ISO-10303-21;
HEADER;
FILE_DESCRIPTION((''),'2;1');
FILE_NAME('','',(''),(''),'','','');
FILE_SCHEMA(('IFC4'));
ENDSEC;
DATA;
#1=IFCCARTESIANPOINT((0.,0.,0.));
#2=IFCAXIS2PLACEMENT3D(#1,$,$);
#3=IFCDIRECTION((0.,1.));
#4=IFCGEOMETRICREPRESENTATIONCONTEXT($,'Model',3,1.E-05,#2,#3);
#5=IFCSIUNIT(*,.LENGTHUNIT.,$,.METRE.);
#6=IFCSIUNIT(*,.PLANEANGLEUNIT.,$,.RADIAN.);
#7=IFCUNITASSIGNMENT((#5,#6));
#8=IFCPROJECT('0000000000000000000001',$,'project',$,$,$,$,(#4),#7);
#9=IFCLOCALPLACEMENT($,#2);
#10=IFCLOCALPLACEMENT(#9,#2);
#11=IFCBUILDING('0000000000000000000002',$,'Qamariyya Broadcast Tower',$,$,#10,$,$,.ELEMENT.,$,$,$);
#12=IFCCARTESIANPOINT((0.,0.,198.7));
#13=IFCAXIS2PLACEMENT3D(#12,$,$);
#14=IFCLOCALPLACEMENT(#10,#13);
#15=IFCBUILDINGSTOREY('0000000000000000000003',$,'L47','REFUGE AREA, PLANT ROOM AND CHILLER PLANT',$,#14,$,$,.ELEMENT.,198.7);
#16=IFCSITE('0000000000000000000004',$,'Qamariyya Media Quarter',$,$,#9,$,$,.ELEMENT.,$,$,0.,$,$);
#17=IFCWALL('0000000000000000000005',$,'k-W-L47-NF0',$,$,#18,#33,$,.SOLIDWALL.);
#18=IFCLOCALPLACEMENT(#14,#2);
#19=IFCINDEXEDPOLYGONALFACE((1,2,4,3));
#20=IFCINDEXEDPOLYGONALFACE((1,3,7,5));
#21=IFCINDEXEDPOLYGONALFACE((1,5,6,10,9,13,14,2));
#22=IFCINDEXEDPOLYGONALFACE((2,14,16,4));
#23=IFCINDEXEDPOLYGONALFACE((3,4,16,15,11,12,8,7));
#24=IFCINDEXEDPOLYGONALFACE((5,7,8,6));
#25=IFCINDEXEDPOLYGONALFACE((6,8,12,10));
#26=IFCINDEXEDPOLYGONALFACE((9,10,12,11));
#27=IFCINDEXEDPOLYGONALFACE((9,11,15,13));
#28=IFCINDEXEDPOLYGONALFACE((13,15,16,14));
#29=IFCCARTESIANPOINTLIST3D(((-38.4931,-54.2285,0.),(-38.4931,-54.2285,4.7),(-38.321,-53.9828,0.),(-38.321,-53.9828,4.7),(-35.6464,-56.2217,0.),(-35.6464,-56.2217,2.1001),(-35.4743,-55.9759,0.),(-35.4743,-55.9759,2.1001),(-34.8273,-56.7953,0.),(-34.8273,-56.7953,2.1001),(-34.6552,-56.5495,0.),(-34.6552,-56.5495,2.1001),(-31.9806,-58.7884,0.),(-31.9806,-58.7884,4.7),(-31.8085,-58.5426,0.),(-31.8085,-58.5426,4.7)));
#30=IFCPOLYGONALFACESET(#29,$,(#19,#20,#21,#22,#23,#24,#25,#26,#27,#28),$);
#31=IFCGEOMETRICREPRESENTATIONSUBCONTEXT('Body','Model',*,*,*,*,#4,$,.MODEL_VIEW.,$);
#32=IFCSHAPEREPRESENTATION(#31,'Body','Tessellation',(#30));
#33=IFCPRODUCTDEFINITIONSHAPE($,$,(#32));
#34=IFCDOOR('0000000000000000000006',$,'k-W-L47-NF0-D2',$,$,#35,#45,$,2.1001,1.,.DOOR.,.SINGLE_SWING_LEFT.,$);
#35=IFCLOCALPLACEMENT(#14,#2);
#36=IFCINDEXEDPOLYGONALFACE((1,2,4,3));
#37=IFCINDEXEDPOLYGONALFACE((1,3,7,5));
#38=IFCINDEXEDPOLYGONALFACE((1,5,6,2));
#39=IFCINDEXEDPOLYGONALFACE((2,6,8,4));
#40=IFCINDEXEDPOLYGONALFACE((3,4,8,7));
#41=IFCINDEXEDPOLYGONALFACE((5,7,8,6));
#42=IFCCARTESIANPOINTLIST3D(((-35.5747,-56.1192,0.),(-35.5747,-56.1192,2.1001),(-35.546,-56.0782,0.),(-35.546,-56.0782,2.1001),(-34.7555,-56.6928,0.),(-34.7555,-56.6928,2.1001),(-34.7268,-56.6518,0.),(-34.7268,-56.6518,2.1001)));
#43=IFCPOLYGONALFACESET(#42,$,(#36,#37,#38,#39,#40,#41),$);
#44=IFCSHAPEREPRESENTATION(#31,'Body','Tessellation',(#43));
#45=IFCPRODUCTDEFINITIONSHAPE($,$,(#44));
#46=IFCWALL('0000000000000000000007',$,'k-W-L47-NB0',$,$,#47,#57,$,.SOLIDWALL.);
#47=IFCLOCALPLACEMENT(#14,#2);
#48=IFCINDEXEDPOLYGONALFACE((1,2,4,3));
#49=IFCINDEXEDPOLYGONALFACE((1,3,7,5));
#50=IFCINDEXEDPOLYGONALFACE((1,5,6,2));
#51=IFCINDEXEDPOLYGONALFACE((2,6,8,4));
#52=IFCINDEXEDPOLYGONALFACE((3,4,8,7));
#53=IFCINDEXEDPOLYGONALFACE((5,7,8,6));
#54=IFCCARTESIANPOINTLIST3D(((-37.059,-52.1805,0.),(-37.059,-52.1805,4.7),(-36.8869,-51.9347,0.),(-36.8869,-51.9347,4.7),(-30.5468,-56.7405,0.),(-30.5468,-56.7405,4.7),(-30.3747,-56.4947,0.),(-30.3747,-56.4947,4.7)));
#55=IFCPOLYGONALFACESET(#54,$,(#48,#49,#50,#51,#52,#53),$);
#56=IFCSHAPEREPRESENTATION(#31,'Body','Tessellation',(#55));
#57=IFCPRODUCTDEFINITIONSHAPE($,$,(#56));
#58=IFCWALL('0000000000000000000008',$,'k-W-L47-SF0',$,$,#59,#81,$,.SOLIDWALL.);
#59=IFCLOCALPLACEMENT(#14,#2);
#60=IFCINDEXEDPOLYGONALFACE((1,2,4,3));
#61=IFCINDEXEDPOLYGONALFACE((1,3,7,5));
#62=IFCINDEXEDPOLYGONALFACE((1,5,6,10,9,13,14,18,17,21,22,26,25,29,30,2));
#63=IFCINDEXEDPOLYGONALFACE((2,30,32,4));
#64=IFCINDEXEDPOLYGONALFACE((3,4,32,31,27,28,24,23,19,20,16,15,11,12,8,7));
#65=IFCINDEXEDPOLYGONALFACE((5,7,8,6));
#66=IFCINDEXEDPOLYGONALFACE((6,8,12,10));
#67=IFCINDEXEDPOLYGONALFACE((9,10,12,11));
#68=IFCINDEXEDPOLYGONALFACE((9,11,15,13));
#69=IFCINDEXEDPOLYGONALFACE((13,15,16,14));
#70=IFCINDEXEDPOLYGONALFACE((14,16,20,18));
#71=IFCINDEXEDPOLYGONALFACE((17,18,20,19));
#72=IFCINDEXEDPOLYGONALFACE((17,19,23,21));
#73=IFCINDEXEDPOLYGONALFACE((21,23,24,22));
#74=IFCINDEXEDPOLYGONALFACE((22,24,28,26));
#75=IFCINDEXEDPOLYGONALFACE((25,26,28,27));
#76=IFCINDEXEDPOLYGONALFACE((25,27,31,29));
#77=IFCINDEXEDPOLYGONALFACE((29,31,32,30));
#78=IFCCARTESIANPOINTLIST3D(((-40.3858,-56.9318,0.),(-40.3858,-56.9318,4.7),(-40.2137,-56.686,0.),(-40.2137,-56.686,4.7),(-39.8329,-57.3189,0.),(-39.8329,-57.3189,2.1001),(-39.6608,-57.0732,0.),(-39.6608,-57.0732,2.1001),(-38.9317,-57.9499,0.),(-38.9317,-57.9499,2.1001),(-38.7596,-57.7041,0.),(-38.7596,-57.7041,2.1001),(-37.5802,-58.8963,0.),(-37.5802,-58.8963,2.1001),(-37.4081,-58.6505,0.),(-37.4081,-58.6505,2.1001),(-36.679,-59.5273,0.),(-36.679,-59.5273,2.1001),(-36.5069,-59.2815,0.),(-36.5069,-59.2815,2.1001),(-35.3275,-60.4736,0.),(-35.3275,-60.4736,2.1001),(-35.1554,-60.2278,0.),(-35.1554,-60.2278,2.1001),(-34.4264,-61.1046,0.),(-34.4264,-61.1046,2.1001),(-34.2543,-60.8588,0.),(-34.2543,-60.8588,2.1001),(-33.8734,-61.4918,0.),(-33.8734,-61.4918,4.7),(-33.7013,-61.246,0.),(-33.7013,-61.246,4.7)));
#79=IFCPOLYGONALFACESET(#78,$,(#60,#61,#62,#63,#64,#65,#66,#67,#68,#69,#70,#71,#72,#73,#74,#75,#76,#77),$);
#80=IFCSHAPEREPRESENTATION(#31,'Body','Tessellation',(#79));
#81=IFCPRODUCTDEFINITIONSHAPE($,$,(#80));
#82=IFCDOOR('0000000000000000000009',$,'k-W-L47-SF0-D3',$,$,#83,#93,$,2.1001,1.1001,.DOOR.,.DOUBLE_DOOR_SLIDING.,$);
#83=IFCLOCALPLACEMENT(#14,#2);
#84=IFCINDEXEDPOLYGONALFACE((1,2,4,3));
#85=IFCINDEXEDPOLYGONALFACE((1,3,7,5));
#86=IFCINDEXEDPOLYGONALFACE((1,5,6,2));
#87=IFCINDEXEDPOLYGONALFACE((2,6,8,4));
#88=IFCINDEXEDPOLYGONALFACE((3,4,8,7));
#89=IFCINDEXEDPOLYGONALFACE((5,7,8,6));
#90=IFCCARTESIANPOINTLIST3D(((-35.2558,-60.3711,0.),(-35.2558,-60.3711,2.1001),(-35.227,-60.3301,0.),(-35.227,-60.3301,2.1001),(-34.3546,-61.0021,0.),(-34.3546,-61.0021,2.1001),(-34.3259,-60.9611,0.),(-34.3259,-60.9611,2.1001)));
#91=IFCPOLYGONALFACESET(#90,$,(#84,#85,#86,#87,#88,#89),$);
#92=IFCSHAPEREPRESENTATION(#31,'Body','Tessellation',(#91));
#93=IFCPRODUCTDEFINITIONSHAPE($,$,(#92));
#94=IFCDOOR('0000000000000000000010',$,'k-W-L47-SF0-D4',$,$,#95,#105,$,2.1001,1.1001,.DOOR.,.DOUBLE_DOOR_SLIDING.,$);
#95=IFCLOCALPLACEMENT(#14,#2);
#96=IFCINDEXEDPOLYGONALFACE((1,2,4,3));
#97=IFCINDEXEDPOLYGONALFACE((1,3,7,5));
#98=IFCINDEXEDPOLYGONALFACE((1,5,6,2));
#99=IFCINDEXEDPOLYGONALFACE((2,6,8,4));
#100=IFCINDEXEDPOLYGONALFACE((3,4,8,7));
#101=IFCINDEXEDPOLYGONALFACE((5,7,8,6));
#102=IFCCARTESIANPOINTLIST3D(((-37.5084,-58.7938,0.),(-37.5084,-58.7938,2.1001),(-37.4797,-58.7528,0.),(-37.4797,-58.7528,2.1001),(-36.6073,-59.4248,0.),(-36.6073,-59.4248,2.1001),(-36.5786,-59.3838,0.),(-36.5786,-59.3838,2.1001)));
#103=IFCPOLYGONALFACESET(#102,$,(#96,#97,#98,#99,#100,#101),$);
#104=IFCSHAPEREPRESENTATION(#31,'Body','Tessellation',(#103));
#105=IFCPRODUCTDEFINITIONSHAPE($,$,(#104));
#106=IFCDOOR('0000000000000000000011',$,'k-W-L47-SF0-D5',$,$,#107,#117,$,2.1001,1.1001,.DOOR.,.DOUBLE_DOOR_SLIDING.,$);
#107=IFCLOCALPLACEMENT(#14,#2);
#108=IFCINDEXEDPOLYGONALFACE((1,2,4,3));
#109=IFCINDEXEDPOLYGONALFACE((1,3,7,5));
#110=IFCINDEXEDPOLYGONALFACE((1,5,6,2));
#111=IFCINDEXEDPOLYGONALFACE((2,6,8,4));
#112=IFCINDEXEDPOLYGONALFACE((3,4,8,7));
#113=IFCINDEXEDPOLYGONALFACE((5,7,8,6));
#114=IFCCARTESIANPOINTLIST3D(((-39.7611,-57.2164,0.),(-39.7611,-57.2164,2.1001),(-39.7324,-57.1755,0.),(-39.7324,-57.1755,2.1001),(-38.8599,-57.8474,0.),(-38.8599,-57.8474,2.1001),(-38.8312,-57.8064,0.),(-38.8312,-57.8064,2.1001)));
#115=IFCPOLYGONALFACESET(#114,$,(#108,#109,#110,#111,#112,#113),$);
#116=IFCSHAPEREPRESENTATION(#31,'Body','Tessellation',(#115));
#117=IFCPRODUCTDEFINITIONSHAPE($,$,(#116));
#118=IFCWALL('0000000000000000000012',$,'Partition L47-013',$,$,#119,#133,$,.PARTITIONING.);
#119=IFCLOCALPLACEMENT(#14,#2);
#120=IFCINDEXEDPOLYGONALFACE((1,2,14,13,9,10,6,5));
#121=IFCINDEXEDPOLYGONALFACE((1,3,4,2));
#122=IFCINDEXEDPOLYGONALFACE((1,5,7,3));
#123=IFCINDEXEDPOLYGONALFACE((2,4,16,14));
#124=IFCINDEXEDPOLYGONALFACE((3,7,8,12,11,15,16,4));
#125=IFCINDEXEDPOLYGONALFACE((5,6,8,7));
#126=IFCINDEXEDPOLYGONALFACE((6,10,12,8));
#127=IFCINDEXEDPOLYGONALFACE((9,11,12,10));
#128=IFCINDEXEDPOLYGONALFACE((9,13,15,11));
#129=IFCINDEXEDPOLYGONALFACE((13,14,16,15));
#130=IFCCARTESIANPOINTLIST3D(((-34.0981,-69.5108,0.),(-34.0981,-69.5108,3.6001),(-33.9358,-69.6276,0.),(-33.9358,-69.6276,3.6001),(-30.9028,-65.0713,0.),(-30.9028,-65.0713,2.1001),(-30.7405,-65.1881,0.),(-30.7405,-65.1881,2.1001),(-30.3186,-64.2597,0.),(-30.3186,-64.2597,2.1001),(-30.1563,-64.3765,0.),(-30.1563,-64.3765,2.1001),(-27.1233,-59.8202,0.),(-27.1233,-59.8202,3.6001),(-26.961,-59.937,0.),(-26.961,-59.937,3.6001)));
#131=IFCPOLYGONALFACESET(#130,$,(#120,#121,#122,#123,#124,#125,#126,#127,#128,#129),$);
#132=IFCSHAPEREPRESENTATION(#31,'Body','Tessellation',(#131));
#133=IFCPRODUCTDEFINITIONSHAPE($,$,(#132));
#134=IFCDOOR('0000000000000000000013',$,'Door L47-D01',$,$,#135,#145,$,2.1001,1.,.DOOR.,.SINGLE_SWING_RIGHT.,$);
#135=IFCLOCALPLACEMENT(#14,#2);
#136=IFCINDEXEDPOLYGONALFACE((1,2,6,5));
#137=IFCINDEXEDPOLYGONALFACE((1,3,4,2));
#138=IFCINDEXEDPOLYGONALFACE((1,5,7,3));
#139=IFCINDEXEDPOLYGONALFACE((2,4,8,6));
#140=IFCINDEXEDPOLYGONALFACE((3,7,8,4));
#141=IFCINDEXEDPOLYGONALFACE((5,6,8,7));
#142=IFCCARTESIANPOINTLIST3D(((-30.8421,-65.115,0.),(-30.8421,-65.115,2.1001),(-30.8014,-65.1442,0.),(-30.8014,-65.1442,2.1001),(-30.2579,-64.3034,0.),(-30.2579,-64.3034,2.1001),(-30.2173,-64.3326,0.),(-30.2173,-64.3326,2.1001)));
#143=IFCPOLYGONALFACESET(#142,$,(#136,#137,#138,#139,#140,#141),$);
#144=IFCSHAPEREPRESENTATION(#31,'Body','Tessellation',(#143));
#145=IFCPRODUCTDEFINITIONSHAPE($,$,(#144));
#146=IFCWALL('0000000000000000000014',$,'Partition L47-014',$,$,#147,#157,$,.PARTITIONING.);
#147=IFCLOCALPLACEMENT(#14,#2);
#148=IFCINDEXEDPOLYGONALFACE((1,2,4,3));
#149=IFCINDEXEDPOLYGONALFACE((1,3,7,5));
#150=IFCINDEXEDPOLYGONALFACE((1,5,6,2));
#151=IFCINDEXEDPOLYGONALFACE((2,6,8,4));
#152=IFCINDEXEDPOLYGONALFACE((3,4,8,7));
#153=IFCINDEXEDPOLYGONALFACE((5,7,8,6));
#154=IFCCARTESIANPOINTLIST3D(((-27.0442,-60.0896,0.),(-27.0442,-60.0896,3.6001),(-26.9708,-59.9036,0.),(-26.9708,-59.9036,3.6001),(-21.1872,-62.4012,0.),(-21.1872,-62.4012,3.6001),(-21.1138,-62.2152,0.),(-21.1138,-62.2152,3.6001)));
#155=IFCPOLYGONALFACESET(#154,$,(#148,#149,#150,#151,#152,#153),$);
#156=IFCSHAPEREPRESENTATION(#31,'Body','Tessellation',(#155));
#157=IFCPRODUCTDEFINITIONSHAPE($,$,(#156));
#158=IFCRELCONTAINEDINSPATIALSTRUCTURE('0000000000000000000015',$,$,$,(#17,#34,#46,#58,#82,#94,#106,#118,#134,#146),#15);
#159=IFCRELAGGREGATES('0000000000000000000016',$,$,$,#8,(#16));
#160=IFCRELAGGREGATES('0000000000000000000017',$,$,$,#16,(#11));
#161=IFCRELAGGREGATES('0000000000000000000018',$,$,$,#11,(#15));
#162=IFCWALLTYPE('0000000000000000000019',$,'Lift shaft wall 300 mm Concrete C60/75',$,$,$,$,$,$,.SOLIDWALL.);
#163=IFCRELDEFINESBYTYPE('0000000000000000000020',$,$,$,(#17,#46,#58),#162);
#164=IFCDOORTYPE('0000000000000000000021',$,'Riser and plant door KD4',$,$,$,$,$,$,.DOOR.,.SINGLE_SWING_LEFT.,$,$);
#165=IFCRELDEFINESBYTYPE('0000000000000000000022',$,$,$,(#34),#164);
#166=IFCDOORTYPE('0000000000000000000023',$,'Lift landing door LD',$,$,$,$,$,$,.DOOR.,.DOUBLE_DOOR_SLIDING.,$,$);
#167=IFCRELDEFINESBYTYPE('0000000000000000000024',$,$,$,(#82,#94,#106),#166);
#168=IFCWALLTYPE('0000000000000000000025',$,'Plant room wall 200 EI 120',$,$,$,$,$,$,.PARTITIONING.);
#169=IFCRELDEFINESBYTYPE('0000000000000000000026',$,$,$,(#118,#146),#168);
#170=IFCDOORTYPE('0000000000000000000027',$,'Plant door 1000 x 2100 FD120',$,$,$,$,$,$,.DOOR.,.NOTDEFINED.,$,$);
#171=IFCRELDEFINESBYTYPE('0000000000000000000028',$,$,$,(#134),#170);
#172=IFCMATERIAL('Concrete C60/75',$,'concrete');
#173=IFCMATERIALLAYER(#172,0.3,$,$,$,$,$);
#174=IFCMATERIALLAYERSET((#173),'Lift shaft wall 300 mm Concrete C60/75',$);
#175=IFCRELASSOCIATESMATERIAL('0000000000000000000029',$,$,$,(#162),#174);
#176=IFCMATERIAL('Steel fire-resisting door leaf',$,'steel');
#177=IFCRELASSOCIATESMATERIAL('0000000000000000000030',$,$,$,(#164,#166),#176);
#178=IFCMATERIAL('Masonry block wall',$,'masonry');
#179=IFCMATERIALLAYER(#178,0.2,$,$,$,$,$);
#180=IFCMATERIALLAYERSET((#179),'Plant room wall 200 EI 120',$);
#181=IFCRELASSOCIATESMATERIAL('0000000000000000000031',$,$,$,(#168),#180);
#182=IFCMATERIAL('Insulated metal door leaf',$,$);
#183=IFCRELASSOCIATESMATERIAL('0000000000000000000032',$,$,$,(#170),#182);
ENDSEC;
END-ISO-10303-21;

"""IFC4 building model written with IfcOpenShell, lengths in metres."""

from ifc_helpers import new_model, si_unit, direction, frame, frame_2d, origin, place, context, subcontext, project, spatial, rectangle, extrude, material, layer, layer_set, type_object, element, fill, save


model = new_model("IFC4")

# Units and contexts
model_context = context("Model", 3, precision=1e-05, world=origin(), true_north=direction((0.0, 1.0)))
body_context = subcontext(model_context, "Body", "Model", "MODEL_VIEW")
ifc_project = project(units=[si_unit("LENGTHUNIT", "METRE"), si_unit("PLANEANGLEUNIT", "RADIAN")], contexts=[model_context])

# Site, building, storey
site_placement = place(None, origin())
site = spatial("IfcSite", under=ifc_project, at=site_placement, Name="Qamariyya Media Quarter", CompositionType="ELEMENT", RefElevation=0.0)
building_placement = place(site_placement, origin())
building = spatial("IfcBuilding", under=site, at=building_placement, Name="Qamariyya Broadcast Tower", CompositionType="ELEMENT")
storey_placement = place(building_placement, frame((0.0, 0.0, 198.7)))
storey = spatial("IfcBuildingStorey", under=building, at=storey_placement, Name="L47", Description="REFUGE AREA, PLANT ROOM AND CHILLER PLANT", CompositionType="ELEMENT", Elevation=198.7)

# Wall, opening, door
ifc_material_1 = material(Name="Concrete C60/75", Category="concrete")
ifc_layer_1 = layer(ifc_material_1, 0.3)
ifc_layer_set_1 = layer_set([ifc_layer_1], Name="Lift shaft wall 300 mm Concrete C60/75")
wall_type_1 = type_object("IfcWallType", Name="Lift shaft wall 300 mm Concrete C60/75", PredefinedType="SOLIDWALL", material=ifc_layer_set_1)
wall_1_placement = place(storey_placement, frame((-31.8945, -58.6655, 0.0), z_axis=(0.0, 0.0, 1.0), x_axis=(-0.819167, 0.573555, 0.0)))
wall_1 = element("IfcWall", 1, at=wall_1_placement, inside=storey, type_object=wall_type_1, Name="k-W-L47-NF0", PredefinedType="SOLIDWALL", context=body_context, shape_type="SweptSolid", body=[
    extrude(rectangle(XDim=7.9502, YDim=0.3, at=frame_2d((3.9751, 0.0))), origin(), (0.0, 0.0, 1.0), 4.7),
])
opening_1_placement = place(wall_1_placement, frame((3.4751, 0.0, 0.0)))
opening_1 = element("IfcOpeningElement", 2, at=opening_1_placement, cuts=wall_1, PredefinedType="OPENING", context=body_context, shape_type="SweptSolid", body=[
    extrude(rectangle(XDim=1.0, YDim=2.1001, at=frame_2d((0.5, 1.05))), frame((0.0, 0.1599, 0.0), z_axis=(0.0, -1.0, 0.0), x_axis=(1.0, 0.0, 0.0)), (0.0, 0.0, 1.0), 0.3201),
])
ifc_material_2 = material(Name="Steel fire-resisting door leaf", Category="steel")
door_type_1 = type_object("IfcDoorType", Name="Riser and plant door KD4", OperationType="SINGLE_SWING_LEFT", PredefinedType="DOOR", material=ifc_material_2)
door_1_placement = place(opening_1_placement, origin())
door_1 = element("IfcDoor", 3, at=door_1_placement, inside=storey, type_object=door_type_1, Name="k-W-L47-NF0-D2", OperationType="SINGLE_SWING_LEFT", OverallHeight=2.1001, OverallWidth=1.0, PredefinedType="DOOR", context=body_context, shape_type="SweptSolid", body=[
    extrude(rectangle(XDim=1.0, YDim=2.1001, at=frame_2d((0.5, 1.05))), frame((0.0, 0.0249, 0.0), z_axis=(0.0, -1.0, 0.0), x_axis=(1.0, 0.0, 0.0)), (0.0, 0.0, 1.0), 0.05),
])
fill(opening_1, door_1)

# Wall
wall_2_placement = place(storey_placement, frame((-30.4607, -56.6177, 0.0), z_axis=(0.0, 0.0, 1.0), x_axis=(-0.819142, 0.57359, 0.0)))
element("IfcWall", 4, at=wall_2_placement, inside=storey, type_object=wall_type_1, Name="k-W-L47-NB0", PredefinedType="SOLIDWALL", context=body_context, shape_type="SweptSolid", body=[
    extrude(rectangle(XDim=7.95, YDim=0.3, at=frame_2d((3.9751, 0.0))), origin(), (0.0, 0.0, 1.0), 4.7),
])

# Wall, openings, doors
wall_3_placement = place(storey_placement, frame((-33.7874, -61.3689, 0.0), z_axis=(0.0, 0.0, 1.0), x_axis=(-0.819153, 0.573576, 0.0)))
wall_3 = element("IfcWall", 5, at=wall_3_placement, inside=storey, type_object=wall_type_1, Name="k-W-L47-SF0", PredefinedType="SOLIDWALL", context=body_context, shape_type="SweptSolid", body=[
    extrude(rectangle(XDim=7.9502, YDim=0.3, at=frame_2d((3.9751, 0.0))), origin(), (0.0, 0.0, 1.0), 4.7),
])
opening_2_placement = place(wall_3_placement, frame((0.675, 0.0, 0.0)))
opening_2 = element("IfcOpeningElement", 6, at=opening_2_placement, cuts=wall_3, PredefinedType="OPENING", context=body_context, shape_type="SweptSolid", body=[
    extrude(rectangle(XDim=1.1001, YDim=2.1001, at=frame_2d((0.55, 1.05))), frame((0.0, 0.1599, 0.0), z_axis=(0.0, -1.0, 0.0), x_axis=(1.0, 0.0, 0.0)), (0.0, 0.0, 1.0), 0.3201),
])
opening_3_placement = place(wall_3_placement, frame((3.425, 0.0, 0.0)))
opening_3 = element("IfcOpeningElement", 7, at=opening_3_placement, cuts=wall_3, PredefinedType="OPENING", context=body_context, shape_type="SweptSolid", body=[
    extrude(rectangle(XDim=1.1001, YDim=2.1001, at=frame_2d((0.55, 1.05))), frame((0.0, 0.1599, 0.0), z_axis=(0.0, -1.0, 0.0), x_axis=(1.0, 0.0, 0.0)), (0.0, 0.0, 1.0), 0.3201),
])
opening_4_placement = place(wall_3_placement, frame((6.175, 0.0, 0.0)))
opening_4 = element("IfcOpeningElement", 8, at=opening_4_placement, cuts=wall_3, PredefinedType="OPENING", context=body_context, shape_type="SweptSolid", body=[
    extrude(rectangle(XDim=1.1001, YDim=2.1001, at=frame_2d((0.55, 1.05))), frame((0.0, 0.1599, 0.0), z_axis=(0.0, -1.0, 0.0), x_axis=(1.0, 0.0, 0.0)), (0.0, 0.0, 1.0), 0.3201),
])
door_type_2 = type_object("IfcDoorType", Name="Lift landing door LD", OperationType="DOUBLE_DOOR_SLIDING", PredefinedType="DOOR", material=ifc_material_2)
door_2_placement = place(opening_2_placement, origin())
door_2 = element("IfcDoor", 9, at=door_2_placement, inside=storey, type_object=door_type_2, Name="k-W-L47-SF0-D3", OperationType="DOUBLE_DOOR_SLIDING", OverallHeight=2.1001, OverallWidth=1.1001, PredefinedType="DOOR", context=body_context, shape_type="SweptSolid", body=[
    extrude(rectangle(XDim=1.1001, YDim=2.1001, at=frame_2d((0.55, 1.05))), frame((0.0, 0.0249, 0.0), z_axis=(0.0, -1.0, 0.0), x_axis=(1.0, 0.0, 0.0)), (0.0, 0.0, 1.0), 0.05),
])
fill(opening_2, door_2)
door_3_placement = place(opening_3_placement, origin())
door_3 = element("IfcDoor", 10, at=door_3_placement, inside=storey, type_object=door_type_2, Name="k-W-L47-SF0-D4", OperationType="DOUBLE_DOOR_SLIDING", OverallHeight=2.1001, OverallWidth=1.1001, PredefinedType="DOOR", context=body_context, shape_type="SweptSolid", body=[
    extrude(rectangle(XDim=1.1001, YDim=2.1001, at=frame_2d((0.55, 1.05))), frame((0.0, 0.0249, 0.0), z_axis=(0.0, -1.0, 0.0), x_axis=(1.0, 0.0, 0.0)), (0.0, 0.0, 1.0), 0.05),
])
fill(opening_3, door_3)
door_4_placement = place(opening_4_placement, origin())
door_4 = element("IfcDoor", 11, at=door_4_placement, inside=storey, type_object=door_type_2, Name="k-W-L47-SF0-D5", OperationType="DOUBLE_DOOR_SLIDING", OverallHeight=2.1001, OverallWidth=1.1001, PredefinedType="DOOR", context=body_context, shape_type="SweptSolid", body=[
    extrude(rectangle(XDim=1.1001, YDim=2.1001, at=frame_2d((0.55, 1.05))), frame((0.0, 0.0249, 0.0), z_axis=(0.0, -1.0, 0.0), x_axis=(1.0, 0.0, 0.0)), (0.0, 0.0, 1.0), 0.05),
])
fill(opening_4, door_4)

# Wall, opening, door
ifc_material_3 = material(Name="Masonry block wall", Category="masonry")
ifc_layer_2 = layer(ifc_material_3, 0.2)
ifc_layer_set_2 = layer_set([ifc_layer_2], Name="Plant room wall 200 EI 120")
wall_type_2 = type_object("IfcWallType", Name="Plant room wall 200 EI 120", PredefinedType="PARTITIONING", material=ifc_layer_set_2)
wall_4_placement = place(storey_placement, frame((-27.0422, -59.8787, 0.0), z_axis=(0.0, 0.0, 1.0), x_axis=(-0.584171, -0.811631, 0.0)))
wall_4 = element("IfcWall", 12, at=wall_4_placement, inside=storey, type_object=wall_type_2, Name="Partition L47-013", PredefinedType="PARTITIONING", context=body_context, shape_type="SweptSolid", body=[
    extrude(rectangle(XDim=11.9397, YDim=0.2, at=frame_2d((5.9697, 0.0))), origin(), (0.0, 0.0, 1.0), 3.6001),
])
opening_5_placement = place(wall_4_placement, frame((5.4697, 0.0, 0.0)))
opening_5 = element("IfcOpeningElement", 13, at=opening_5_placement, cuts=wall_4, PredefinedType="OPENING", context=body_context, shape_type="SweptSolid", body=[
    extrude(rectangle(XDim=1.0, YDim=2.1001, at=frame_2d((0.5, 1.05))), frame((0.0, 0.1099, 0.0), z_axis=(0.0, -1.0, 0.0), x_axis=(1.0, 0.0, 0.0)), (0.0, 0.0, 1.0), 0.22),
])
ifc_material_4 = material(Name="Insulated metal door leaf")
door_type_3 = type_object("IfcDoorType", Name="Plant door 1000 x 2100 FD120", OperationType="NOTDEFINED", PredefinedType="DOOR", material=ifc_material_4)
door_5_placement = place(opening_5_placement, origin())
door_5 = element("IfcDoor", 14, at=door_5_placement, inside=storey, type_object=door_type_3, Name="Door L47-D01", OperationType="SINGLE_SWING_RIGHT", OverallHeight=2.1001, OverallWidth=1.0, PredefinedType="DOOR", context=body_context, shape_type="SweptSolid", body=[
    extrude(rectangle(XDim=1.0, YDim=2.1001, at=frame_2d((0.5, 1.05))), frame((0.0, 0.0249, 0.0), z_axis=(0.0, -1.0, 0.0), x_axis=(1.0, 0.0, 0.0)), (0.0, 0.0, 1.0), 0.05),
])
fill(opening_5, door_5)

# Wall
wall_5_placement = place(storey_placement, frame((-27.0076, -59.9966, 0.0), z_axis=(0.0, 0.0, 1.0), x_axis=(0.930178, -0.367108, 0.0)))
element("IfcWall", 15, at=wall_5_placement, inside=storey, type_object=wall_type_2, Name="Partition L47-014", PredefinedType="PARTITIONING", context=body_context, shape_type="SweptSolid", body=[
    extrude(rectangle(XDim=6.2966, YDim=0.2, at=frame_2d((3.1484, 0.0))), origin(), (0.0, 0.0, 1.0), 3.6001),
])

save(model, "model.ifc")
